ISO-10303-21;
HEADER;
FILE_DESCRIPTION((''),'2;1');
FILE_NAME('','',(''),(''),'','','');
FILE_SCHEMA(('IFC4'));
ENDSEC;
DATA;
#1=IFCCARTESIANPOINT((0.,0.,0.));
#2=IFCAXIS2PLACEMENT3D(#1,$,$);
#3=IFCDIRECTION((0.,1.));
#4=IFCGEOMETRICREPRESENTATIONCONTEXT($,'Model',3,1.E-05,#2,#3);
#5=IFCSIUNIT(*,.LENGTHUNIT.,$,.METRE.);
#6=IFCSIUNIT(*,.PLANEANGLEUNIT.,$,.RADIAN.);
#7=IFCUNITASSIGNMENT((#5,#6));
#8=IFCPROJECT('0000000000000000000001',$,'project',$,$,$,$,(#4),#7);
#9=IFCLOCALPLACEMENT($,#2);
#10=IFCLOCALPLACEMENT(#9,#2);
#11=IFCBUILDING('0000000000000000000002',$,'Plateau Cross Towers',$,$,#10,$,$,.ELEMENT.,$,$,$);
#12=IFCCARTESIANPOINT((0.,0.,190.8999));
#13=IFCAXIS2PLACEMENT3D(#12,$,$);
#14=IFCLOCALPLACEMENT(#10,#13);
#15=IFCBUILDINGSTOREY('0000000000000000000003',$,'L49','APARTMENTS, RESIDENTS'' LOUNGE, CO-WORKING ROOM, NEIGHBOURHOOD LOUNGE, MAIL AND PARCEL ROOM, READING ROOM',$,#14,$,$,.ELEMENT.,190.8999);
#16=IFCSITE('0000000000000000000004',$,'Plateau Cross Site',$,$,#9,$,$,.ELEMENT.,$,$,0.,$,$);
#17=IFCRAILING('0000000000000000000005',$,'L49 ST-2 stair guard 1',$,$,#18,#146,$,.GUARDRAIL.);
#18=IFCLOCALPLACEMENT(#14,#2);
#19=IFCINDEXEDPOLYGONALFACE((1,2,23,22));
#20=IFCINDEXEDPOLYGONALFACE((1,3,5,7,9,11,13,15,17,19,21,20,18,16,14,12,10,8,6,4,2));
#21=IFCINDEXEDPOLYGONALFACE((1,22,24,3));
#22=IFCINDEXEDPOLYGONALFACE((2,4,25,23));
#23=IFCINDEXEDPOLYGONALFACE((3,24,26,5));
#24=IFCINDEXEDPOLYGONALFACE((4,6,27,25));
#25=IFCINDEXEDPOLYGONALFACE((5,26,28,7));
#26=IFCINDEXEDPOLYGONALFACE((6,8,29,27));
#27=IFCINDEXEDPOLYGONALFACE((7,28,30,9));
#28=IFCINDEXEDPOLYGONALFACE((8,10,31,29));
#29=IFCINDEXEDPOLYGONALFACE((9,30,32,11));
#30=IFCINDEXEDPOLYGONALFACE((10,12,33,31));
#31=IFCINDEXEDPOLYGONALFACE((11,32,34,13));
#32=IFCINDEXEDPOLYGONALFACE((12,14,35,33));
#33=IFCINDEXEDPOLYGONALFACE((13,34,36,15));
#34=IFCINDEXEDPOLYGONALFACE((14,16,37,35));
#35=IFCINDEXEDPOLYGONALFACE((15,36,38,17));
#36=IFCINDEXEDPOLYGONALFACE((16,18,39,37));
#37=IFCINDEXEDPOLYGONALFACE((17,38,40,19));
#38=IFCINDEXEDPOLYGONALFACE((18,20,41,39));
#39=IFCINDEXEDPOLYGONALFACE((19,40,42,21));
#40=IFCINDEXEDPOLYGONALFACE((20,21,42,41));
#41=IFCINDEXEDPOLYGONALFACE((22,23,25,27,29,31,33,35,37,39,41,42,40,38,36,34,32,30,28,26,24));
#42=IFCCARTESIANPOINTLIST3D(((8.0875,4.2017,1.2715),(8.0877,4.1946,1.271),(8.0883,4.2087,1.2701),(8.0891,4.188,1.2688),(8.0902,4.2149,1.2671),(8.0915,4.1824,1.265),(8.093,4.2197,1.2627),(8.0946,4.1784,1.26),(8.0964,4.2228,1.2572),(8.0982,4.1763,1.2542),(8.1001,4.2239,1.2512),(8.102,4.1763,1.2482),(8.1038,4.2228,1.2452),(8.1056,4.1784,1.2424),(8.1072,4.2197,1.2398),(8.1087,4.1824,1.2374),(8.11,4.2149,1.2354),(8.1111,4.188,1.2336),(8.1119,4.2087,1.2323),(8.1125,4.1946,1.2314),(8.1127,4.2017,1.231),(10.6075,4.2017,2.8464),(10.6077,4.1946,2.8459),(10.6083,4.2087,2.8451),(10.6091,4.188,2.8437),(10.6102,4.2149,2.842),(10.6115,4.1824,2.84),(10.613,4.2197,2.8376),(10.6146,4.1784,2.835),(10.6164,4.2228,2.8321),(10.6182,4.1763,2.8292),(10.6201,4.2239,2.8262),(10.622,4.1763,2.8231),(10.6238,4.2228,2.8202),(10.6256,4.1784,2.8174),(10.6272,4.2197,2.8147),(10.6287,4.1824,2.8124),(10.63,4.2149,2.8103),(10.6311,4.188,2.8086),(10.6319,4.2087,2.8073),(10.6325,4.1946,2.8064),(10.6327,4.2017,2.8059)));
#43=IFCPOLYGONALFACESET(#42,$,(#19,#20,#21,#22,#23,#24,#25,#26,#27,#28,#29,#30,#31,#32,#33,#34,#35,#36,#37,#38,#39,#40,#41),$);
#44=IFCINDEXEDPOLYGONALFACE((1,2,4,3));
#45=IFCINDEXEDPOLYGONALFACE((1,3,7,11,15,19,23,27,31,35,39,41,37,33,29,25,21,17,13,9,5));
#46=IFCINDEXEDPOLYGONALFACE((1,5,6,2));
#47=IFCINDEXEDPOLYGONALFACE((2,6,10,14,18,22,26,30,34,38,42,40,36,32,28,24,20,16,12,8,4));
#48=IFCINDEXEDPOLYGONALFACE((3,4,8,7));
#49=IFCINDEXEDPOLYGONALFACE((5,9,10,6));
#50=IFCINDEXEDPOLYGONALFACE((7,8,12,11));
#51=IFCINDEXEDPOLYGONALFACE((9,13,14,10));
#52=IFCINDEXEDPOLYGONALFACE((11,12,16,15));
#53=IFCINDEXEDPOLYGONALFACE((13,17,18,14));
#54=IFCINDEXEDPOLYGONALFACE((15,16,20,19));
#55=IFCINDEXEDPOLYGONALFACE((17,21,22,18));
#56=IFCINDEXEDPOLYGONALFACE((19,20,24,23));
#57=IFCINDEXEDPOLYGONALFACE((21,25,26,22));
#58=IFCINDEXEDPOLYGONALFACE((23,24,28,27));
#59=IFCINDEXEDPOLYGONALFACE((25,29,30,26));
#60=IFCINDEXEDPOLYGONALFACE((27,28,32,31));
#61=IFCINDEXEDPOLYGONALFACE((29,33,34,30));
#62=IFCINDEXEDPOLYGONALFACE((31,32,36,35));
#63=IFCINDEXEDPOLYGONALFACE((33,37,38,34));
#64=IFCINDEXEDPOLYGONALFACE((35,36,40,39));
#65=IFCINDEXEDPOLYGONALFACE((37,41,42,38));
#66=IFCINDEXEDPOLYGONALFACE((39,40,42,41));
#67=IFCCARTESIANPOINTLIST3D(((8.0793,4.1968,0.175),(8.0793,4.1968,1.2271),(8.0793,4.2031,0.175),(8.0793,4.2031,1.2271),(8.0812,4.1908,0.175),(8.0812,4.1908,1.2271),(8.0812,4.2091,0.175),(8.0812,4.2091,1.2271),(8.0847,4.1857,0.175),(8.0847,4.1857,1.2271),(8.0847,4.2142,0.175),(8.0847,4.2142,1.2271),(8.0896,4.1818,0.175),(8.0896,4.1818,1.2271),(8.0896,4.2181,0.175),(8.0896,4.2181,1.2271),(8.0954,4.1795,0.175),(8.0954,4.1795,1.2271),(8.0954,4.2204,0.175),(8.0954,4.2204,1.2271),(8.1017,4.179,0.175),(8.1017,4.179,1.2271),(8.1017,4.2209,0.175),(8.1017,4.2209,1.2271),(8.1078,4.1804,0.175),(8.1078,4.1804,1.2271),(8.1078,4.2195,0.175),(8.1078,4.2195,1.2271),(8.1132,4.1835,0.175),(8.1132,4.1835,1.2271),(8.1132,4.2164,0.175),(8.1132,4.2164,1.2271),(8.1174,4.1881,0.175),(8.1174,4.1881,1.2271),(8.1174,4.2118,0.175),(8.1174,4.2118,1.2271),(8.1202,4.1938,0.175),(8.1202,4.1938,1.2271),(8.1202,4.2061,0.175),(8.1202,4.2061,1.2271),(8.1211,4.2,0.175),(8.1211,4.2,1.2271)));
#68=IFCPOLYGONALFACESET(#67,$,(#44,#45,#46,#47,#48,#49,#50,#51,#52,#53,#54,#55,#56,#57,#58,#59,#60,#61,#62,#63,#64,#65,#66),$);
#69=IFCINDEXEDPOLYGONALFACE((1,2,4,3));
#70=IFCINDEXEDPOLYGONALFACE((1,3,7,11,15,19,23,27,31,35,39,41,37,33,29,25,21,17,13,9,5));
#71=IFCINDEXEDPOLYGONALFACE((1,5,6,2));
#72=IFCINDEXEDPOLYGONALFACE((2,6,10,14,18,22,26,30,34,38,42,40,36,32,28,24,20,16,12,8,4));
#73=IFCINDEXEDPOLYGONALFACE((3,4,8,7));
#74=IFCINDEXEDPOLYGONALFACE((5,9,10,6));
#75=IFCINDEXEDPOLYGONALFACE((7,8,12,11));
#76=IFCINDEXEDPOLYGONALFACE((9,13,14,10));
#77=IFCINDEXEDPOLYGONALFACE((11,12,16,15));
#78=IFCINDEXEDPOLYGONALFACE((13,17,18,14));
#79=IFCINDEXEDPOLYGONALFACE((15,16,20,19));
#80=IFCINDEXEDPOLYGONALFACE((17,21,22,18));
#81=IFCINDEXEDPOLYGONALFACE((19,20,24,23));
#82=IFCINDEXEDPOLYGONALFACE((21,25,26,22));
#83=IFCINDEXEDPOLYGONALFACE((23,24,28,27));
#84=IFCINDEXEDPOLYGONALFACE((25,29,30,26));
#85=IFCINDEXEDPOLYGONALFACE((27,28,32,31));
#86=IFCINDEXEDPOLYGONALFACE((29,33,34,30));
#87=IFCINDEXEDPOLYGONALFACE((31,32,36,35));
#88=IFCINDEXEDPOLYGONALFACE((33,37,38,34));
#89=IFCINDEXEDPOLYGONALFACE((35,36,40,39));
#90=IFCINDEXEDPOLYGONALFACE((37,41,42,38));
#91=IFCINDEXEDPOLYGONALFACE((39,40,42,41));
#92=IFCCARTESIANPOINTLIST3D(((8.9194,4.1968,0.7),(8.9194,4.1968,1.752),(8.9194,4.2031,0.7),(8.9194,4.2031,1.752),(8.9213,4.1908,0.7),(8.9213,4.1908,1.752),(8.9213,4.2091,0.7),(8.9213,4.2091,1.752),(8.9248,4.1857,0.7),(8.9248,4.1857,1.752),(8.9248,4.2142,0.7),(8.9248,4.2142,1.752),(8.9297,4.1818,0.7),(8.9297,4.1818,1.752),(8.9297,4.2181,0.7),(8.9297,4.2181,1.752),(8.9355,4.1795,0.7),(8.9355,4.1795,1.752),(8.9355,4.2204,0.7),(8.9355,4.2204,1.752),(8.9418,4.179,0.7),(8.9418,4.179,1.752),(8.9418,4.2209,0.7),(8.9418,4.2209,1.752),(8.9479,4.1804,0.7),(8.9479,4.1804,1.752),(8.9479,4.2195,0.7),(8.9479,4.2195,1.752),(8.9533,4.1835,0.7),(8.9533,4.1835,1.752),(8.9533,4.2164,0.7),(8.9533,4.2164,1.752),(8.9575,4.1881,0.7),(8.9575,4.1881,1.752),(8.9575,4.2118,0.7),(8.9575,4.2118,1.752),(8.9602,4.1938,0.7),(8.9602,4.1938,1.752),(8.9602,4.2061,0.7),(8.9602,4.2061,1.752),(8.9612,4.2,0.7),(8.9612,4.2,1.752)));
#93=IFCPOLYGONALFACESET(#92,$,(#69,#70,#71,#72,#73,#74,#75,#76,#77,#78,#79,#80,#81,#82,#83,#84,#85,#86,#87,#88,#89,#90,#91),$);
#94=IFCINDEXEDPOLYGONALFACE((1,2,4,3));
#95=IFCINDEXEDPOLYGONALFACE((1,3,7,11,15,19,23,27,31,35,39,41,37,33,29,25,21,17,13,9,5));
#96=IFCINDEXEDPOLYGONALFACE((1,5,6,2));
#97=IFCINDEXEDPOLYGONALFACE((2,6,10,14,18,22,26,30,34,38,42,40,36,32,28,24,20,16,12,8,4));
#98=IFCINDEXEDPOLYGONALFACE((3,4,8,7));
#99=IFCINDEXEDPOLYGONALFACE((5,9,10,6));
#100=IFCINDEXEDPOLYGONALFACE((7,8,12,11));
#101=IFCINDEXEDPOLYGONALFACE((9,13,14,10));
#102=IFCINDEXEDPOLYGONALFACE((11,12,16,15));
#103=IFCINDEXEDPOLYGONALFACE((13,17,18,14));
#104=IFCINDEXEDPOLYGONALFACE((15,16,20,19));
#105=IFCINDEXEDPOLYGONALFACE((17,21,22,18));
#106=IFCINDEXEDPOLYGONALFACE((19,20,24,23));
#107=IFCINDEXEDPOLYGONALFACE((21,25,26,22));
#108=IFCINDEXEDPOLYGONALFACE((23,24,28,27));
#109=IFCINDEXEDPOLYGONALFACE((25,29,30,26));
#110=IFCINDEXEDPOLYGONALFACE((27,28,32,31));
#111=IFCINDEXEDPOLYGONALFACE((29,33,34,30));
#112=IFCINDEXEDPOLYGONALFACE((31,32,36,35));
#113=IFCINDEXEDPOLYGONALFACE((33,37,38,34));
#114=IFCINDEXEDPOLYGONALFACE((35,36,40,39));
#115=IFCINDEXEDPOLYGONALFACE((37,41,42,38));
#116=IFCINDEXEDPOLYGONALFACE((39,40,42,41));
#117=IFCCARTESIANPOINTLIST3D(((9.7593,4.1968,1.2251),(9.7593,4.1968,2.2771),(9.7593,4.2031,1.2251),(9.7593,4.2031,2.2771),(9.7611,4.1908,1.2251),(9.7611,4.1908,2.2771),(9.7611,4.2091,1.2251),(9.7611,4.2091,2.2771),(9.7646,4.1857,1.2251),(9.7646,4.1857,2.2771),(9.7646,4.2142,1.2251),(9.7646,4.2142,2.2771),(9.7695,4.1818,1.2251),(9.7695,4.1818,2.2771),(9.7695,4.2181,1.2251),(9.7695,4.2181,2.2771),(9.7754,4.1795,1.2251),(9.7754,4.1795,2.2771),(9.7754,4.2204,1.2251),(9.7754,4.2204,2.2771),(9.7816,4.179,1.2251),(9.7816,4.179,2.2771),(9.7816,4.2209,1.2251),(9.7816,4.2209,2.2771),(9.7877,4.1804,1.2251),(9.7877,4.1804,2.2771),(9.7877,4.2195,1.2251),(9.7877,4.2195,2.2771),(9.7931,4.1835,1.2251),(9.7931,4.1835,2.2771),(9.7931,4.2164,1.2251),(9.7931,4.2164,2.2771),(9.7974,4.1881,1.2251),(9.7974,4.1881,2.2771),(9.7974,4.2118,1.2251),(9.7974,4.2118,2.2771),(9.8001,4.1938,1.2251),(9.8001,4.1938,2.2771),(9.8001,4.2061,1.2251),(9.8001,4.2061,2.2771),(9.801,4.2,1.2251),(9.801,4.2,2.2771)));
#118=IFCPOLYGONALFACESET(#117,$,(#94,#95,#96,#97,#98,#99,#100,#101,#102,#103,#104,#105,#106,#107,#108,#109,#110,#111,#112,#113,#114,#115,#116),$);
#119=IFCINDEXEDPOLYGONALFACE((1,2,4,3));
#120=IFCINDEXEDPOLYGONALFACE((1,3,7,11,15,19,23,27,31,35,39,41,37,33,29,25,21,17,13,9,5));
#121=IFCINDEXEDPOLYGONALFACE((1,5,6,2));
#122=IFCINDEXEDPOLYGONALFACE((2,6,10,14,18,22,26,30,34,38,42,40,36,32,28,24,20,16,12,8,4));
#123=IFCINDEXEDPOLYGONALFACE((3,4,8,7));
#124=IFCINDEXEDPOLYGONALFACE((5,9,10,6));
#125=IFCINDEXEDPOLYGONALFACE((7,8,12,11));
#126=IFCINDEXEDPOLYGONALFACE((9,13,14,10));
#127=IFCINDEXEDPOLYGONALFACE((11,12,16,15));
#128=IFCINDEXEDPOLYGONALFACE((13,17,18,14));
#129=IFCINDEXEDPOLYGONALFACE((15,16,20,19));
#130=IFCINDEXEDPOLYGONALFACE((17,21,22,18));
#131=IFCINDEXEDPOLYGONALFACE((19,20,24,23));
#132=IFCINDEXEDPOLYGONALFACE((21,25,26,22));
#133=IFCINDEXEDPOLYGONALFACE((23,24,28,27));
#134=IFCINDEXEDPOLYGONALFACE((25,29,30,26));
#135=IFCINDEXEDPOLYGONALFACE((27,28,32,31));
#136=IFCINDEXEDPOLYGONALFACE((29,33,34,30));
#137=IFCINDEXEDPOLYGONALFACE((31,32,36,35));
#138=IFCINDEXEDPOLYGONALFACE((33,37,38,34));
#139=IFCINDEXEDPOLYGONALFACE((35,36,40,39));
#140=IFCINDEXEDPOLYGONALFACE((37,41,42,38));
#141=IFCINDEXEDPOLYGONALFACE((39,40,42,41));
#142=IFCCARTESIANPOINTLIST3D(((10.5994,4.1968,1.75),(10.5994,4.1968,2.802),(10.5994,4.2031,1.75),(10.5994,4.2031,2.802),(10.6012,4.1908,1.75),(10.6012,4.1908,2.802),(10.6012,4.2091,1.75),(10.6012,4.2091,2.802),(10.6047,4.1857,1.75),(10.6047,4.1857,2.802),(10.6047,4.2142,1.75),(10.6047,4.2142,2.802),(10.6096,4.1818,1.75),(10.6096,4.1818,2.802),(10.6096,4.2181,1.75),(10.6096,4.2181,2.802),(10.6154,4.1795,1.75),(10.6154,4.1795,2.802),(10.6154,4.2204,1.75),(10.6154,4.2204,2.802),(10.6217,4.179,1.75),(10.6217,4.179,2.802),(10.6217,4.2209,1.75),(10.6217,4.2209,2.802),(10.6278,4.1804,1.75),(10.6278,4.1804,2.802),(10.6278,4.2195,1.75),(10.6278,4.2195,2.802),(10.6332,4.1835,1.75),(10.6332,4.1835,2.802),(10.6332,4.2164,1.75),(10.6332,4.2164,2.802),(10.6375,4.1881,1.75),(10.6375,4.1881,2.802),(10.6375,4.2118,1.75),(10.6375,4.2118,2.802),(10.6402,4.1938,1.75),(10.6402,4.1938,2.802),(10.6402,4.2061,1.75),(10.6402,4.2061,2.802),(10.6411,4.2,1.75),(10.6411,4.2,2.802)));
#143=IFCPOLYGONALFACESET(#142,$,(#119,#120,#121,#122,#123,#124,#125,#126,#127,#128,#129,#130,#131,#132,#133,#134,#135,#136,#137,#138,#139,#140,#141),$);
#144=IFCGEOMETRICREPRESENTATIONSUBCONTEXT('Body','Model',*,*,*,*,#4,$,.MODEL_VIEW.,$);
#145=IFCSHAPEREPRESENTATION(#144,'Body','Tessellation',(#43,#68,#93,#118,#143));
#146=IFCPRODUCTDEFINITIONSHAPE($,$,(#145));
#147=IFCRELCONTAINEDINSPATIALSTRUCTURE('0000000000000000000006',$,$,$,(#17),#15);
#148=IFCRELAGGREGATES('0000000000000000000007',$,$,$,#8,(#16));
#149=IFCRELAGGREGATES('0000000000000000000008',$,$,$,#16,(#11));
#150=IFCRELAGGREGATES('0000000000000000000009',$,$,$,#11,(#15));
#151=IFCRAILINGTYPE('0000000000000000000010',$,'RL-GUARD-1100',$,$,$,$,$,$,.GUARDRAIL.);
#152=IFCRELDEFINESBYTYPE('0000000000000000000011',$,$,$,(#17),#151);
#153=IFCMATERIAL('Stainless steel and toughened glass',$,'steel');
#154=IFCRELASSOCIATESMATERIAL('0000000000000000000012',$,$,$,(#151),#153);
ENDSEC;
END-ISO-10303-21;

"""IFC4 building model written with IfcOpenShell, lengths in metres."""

from ifc_helpers import new_model, si_unit, direction, frame, origin, origin_2d, place, context, subcontext, project, spatial, circle, extrude, material, type_object, element, save


model = new_model("IFC4")

# Units and contexts
model_context = context("Model", 3, precision=1e-05, world=origin(), true_north=direction((0.0, 1.0)))
body_context = subcontext(model_context, "Body", "Model", "MODEL_VIEW")
ifc_project = project(units=[si_unit("LENGTHUNIT", "METRE"), si_unit("PLANEANGLEUNIT", "RADIAN")], contexts=[model_context])

# Site, building, storey
site_placement = place(None, origin())
site = spatial("IfcSite", under=ifc_project, at=site_placement, Name="Plateau Cross Site", CompositionType="ELEMENT", RefElevation=0.0)
building_placement = place(site_placement, origin())
building = spatial("IfcBuilding", under=site, at=building_placement, Name="Plateau Cross Towers", CompositionType="ELEMENT")
storey_placement = place(building_placement, frame((0.0, 0.0, 190.8999)))
storey = spatial("IfcBuildingStorey", under=building, at=storey_placement, Name="L49", Description="APARTMENTS, RESIDENTS' LOUNGE, CO-WORKING ROOM, NEIGHBOURHOOD LOUNGE, MAIL AND PARCEL ROOM, READING ROOM", CompositionType="ELEMENT", Elevation=190.8999)

# Railing
ifc_material_1 = material(Name="Stainless steel and toughened glass", Category="steel")
railing_type_1 = type_object("IfcRailingType", Name="RL-GUARD-1100", PredefinedType="GUARDRAIL", material=ifc_material_1)
railing_1_placement = place(storey_placement, frame((8.1001, 4.2, 0.175)))
element("IfcRailing", 1, at=railing_1_placement, inside=storey, type_object=railing_type_1, Name="L49 ST-2 stair guard 1", PredefinedType="GUARDRAIL", context=body_context, shape_type="SweptSolid", body=[
    extrude(circle(Radius=0.0239, at=origin_2d()), frame((0.0, 0.0, 1.0762), z_axis=(0.848008, 0.0, 0.529984), x_axis=(0.0, 1.0, 0.0)), (0.0, 0.0, 1.0), 2.9717),
    extrude(circle(Radius=0.021, at=origin_2d()), origin(), (0.0, 0.0, 1.0), 1.052),
    extrude(circle(Radius=0.021, at=origin_2d()), frame((0.8401, 0.0, 0.5249)), (0.0, 0.0, 1.0), 1.052),
    extrude(circle(Radius=0.021, at=origin_2d()), frame((1.6799, 0.0, 1.05)), (0.0, 0.0, 1.0), 1.052),
    extrude(circle(Radius=0.021, at=origin_2d()), frame((2.52, 0.0, 1.575)), (0.0, 0.0, 1.0), 1.052),
])

save(model, "model.ifc")
